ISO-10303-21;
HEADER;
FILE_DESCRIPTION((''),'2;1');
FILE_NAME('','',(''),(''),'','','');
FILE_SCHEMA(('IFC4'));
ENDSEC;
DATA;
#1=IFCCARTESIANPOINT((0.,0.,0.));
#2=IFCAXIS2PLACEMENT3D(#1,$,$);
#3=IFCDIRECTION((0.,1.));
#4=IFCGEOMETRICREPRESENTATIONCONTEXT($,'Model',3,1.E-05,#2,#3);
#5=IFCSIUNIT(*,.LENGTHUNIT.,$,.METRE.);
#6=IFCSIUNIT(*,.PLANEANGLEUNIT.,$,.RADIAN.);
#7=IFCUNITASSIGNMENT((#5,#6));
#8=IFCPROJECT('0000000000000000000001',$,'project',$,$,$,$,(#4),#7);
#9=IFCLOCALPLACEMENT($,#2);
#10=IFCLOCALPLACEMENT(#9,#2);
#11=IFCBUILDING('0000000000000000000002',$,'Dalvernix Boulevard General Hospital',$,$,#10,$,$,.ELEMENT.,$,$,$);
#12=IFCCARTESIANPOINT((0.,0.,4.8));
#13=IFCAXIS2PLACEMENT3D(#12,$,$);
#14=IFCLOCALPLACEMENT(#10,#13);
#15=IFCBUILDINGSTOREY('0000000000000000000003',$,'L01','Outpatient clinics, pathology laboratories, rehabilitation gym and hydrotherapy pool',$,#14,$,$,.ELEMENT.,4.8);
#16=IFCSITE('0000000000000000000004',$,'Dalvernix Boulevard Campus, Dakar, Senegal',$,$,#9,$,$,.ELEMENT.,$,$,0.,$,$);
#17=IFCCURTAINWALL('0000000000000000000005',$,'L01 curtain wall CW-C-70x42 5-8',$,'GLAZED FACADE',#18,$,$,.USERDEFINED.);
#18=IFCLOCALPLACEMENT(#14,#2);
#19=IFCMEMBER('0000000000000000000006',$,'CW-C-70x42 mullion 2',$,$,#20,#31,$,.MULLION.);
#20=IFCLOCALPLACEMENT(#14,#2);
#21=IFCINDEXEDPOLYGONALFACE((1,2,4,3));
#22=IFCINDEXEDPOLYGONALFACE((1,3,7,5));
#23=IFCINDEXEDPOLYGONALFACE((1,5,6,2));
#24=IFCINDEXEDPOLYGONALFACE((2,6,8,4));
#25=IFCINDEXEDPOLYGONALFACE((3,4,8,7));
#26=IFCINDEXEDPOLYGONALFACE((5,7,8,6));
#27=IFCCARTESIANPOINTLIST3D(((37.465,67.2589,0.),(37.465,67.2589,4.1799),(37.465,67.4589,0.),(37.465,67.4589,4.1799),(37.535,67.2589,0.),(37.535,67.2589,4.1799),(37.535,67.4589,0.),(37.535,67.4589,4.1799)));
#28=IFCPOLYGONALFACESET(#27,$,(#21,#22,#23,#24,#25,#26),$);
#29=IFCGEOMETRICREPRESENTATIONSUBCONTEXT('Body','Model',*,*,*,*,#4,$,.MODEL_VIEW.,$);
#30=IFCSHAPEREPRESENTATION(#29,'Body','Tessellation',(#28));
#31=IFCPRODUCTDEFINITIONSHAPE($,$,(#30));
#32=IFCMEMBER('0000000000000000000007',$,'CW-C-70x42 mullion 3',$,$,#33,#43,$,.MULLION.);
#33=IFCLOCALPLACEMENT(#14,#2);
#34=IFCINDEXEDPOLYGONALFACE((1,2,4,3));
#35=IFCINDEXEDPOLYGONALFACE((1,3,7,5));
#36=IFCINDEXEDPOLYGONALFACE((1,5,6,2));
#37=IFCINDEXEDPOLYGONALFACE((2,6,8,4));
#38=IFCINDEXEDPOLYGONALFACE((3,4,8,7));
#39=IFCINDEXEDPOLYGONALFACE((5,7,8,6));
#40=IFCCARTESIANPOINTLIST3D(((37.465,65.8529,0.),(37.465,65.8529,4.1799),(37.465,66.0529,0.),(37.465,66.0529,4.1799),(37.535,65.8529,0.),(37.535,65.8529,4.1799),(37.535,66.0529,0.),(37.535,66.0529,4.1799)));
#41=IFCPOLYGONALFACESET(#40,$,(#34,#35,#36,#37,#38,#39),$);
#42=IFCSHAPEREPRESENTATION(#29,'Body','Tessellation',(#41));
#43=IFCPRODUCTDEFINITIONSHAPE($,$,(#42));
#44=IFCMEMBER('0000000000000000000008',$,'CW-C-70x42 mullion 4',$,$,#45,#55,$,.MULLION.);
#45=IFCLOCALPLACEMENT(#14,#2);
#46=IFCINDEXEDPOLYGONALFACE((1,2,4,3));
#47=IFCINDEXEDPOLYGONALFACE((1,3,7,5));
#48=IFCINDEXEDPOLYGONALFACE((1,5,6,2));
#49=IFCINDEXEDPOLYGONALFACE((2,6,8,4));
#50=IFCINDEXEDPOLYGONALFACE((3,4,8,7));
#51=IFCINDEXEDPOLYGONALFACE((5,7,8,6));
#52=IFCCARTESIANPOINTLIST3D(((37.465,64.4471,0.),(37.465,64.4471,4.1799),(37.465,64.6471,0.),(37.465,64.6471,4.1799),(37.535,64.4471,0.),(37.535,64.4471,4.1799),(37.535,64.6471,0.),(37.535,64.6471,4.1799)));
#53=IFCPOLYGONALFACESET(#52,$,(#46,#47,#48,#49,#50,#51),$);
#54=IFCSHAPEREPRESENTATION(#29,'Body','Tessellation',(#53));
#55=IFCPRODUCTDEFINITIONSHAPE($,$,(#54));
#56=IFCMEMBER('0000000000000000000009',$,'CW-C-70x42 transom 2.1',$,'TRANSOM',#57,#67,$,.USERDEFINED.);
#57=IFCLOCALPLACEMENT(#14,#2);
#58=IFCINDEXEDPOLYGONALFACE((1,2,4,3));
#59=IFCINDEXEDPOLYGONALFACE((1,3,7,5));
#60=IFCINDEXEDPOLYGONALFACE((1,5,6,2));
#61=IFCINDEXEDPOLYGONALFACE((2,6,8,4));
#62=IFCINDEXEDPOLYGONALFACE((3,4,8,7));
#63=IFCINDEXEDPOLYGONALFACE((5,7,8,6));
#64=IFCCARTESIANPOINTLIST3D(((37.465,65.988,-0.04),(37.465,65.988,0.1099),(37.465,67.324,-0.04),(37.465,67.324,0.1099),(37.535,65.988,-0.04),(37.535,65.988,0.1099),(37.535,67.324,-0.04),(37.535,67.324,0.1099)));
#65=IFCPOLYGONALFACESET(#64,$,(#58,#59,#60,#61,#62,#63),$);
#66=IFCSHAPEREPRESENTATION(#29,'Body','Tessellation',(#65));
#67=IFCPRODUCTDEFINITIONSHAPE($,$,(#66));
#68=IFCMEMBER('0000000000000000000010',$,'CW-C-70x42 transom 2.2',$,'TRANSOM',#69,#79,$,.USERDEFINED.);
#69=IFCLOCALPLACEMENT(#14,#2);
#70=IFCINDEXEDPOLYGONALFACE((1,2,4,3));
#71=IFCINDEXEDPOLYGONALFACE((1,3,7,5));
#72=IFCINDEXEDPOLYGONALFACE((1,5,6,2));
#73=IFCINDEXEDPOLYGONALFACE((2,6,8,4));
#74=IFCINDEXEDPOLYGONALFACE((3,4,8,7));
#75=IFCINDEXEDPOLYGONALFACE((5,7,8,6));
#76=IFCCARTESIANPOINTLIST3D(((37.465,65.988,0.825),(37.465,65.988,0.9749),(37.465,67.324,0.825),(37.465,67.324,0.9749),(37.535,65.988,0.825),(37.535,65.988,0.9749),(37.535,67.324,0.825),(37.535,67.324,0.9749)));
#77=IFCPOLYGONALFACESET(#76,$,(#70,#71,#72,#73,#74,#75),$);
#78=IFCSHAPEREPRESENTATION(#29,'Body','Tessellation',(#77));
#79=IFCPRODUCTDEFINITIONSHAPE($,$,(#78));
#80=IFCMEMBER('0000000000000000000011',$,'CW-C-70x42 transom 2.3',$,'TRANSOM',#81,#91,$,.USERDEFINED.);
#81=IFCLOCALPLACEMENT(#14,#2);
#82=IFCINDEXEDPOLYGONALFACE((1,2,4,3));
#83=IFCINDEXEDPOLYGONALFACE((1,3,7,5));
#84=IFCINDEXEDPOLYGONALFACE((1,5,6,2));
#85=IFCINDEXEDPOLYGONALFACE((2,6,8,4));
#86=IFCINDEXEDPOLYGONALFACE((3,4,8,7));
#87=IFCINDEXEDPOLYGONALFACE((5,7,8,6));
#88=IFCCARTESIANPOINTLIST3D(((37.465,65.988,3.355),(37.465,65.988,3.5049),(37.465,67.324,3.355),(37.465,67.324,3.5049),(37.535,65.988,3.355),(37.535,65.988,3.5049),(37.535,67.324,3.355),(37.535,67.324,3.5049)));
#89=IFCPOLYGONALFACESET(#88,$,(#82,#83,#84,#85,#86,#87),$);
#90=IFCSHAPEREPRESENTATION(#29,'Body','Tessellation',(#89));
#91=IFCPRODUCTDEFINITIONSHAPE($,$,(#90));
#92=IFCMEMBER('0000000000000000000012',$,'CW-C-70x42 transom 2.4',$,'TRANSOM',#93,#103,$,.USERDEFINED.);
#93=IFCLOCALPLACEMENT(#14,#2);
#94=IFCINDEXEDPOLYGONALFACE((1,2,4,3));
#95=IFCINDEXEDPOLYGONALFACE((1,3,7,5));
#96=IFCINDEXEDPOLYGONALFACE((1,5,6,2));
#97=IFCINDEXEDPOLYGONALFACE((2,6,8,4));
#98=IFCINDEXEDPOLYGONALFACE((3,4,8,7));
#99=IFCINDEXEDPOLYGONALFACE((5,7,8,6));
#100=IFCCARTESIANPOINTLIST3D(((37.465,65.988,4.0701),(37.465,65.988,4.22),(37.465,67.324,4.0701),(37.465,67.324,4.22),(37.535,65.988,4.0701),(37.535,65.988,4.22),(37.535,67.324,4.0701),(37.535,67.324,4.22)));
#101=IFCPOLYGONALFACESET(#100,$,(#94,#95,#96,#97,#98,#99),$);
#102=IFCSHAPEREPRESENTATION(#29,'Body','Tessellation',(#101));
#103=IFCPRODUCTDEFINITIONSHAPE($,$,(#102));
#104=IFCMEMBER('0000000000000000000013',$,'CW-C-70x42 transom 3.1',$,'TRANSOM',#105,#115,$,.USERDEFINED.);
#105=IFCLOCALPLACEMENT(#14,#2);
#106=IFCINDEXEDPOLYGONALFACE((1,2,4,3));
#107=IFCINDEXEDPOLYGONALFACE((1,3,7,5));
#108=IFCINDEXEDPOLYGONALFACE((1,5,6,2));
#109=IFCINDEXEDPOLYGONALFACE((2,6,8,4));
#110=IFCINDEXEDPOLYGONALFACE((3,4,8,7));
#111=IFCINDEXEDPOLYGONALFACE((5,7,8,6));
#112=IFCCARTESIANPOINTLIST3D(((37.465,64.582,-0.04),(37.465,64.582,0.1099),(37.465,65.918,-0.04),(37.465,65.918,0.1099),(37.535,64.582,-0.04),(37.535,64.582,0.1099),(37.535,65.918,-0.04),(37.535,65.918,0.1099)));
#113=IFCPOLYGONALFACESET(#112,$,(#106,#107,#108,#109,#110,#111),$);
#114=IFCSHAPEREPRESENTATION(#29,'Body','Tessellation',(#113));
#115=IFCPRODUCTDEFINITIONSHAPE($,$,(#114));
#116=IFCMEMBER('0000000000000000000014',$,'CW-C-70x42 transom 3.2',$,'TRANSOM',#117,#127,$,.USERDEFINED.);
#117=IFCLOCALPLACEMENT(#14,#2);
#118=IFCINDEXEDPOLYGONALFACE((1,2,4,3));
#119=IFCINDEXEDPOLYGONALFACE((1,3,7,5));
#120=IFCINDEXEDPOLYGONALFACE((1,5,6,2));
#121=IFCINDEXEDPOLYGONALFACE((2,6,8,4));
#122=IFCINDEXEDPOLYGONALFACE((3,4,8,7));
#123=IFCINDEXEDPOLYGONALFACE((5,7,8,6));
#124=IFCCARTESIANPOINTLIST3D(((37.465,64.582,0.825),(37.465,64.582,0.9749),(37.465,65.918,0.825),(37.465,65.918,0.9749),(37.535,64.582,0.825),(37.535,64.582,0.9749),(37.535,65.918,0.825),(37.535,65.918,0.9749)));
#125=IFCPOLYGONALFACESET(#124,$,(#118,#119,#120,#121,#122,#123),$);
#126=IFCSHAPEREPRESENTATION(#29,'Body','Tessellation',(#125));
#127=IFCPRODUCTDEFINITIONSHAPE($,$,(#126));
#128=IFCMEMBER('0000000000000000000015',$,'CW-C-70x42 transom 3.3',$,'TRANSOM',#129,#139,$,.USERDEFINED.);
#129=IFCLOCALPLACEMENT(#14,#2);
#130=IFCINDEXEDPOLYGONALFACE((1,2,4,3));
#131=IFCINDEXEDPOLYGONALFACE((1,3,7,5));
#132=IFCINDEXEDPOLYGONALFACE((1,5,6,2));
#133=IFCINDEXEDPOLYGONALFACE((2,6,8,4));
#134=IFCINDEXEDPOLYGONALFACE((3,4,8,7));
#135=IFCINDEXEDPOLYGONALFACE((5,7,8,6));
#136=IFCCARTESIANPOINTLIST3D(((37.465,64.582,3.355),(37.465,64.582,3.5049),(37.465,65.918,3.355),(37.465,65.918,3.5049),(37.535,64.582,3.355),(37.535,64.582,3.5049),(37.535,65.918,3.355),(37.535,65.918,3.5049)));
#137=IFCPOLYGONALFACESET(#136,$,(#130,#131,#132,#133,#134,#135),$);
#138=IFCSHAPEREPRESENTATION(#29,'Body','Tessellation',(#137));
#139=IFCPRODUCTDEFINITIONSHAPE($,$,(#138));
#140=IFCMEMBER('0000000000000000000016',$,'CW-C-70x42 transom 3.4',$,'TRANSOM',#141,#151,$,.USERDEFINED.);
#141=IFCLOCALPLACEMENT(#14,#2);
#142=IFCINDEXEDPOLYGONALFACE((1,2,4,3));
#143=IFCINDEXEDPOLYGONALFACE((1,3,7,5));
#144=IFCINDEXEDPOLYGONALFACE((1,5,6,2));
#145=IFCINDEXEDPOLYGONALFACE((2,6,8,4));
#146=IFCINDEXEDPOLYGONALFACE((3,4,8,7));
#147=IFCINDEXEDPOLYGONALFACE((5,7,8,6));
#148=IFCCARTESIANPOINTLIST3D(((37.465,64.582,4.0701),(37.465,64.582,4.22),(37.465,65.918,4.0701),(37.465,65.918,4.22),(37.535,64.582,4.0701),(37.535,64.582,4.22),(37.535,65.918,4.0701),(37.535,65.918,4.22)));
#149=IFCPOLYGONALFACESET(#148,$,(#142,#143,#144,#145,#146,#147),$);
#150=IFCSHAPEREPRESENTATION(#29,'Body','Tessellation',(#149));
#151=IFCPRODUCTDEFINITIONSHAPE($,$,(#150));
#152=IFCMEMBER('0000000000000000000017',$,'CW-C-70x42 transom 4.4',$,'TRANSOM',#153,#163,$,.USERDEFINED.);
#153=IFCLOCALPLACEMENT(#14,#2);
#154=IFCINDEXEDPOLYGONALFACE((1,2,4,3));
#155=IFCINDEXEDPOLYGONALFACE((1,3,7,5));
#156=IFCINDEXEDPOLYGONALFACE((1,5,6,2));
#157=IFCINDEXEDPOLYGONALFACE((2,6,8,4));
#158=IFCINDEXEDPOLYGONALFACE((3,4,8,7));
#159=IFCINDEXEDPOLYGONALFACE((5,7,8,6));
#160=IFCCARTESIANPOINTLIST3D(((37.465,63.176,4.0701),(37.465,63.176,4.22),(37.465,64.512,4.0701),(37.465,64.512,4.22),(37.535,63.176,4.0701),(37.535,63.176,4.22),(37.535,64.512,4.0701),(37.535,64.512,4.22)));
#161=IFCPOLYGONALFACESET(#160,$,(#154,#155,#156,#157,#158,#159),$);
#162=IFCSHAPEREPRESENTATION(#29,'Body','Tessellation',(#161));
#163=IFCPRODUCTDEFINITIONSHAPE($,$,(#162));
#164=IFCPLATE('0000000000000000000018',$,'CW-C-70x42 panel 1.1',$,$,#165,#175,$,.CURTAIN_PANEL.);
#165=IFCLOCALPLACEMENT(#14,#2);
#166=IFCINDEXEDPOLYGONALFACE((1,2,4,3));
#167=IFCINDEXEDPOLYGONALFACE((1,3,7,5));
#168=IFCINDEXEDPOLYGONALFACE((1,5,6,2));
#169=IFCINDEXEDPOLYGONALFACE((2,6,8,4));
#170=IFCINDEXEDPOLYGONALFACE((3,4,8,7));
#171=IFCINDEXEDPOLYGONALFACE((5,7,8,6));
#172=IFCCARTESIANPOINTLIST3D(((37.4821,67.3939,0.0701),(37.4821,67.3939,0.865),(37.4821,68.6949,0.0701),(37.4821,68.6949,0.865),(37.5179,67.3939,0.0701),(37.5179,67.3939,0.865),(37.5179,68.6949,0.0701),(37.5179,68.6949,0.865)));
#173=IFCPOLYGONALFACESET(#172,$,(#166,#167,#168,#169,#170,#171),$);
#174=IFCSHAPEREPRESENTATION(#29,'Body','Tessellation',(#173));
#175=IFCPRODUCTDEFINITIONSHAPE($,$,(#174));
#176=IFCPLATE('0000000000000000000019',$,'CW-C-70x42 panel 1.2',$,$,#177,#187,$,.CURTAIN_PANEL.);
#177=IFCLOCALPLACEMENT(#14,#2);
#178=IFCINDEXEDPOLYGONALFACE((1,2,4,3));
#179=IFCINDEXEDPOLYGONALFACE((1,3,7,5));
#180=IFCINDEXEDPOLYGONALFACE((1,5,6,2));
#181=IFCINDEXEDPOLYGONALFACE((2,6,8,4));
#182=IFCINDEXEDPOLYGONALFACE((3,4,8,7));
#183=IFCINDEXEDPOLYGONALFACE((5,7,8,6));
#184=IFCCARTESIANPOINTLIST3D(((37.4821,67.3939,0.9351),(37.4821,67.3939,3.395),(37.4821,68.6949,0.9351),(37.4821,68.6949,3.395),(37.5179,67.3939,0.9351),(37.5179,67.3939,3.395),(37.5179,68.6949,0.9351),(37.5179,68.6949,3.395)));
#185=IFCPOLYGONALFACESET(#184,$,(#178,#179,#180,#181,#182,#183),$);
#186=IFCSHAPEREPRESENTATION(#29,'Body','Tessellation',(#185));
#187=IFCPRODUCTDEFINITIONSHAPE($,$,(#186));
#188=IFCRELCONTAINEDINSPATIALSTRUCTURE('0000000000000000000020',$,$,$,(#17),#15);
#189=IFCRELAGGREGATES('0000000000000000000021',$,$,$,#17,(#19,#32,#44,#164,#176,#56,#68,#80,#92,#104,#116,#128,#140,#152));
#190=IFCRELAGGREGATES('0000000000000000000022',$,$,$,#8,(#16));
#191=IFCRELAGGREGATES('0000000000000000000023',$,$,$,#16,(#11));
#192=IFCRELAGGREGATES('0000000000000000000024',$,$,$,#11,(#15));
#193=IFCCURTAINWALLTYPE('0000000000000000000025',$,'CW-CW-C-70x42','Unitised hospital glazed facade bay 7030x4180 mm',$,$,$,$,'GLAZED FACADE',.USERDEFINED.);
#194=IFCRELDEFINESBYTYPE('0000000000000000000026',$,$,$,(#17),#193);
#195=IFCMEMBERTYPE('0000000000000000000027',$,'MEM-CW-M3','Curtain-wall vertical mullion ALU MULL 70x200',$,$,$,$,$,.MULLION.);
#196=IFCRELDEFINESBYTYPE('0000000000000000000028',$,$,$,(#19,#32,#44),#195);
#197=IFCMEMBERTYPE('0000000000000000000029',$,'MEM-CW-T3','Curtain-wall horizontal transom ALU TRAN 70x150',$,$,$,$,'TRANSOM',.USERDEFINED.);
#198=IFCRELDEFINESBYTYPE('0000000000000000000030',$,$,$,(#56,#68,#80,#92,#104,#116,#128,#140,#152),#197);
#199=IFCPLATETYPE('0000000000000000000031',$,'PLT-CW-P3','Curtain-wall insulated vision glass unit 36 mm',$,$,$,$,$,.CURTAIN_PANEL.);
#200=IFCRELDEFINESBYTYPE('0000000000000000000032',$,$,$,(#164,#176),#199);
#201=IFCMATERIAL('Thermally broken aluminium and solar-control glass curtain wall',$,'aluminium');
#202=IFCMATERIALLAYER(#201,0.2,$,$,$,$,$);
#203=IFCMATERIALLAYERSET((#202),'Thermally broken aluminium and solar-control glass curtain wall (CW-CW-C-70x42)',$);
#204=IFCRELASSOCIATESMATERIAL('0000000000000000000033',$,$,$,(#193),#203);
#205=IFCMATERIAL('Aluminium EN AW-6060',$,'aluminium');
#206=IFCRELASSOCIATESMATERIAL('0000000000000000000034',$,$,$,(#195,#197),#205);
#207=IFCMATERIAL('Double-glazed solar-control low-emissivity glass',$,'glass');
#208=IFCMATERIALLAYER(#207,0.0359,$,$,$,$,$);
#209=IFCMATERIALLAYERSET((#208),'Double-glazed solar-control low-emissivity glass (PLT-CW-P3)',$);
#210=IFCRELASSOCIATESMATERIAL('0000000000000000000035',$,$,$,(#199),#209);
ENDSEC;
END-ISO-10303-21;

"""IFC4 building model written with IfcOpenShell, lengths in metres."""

from ifc_helpers import new_model, si_unit, direction, frame, origin, origin_2d, place, context, subcontext, project, spatial, rectangle, extrude, material, layer, layer_set, material_profile, profile_set, type_object, element, aggregate, save


model = new_model("IFC4")

# Units and contexts
model_context = context("Model", 3, precision=1e-05, world=origin(), true_north=direction((0.0, 1.0)))
body_context = subcontext(model_context, "Body", "Model", "MODEL_VIEW")
ifc_project = project(units=[si_unit("LENGTHUNIT", "METRE"), si_unit("PLANEANGLEUNIT", "RADIAN")], contexts=[model_context])

# Site, building, storey
site_placement = place(None, origin())
site = spatial("IfcSite", under=ifc_project, at=site_placement, Name="Dalvernix Boulevard Campus, Dakar, Senegal", CompositionType="ELEMENT", RefElevation=0.0)
building_placement = place(site_placement, origin())
building = spatial("IfcBuilding", under=site, at=building_placement, Name="Dalvernix Boulevard General Hospital", CompositionType="ELEMENT")
storey_placement = place(building_placement, frame((0.0, 0.0, 4.8)))
storey = spatial("IfcBuildingStorey", under=building, at=storey_placement, Name="L01", Description="Outpatient clinics, pathology laboratories, rehabilitation gym and hydrotherapy pool", CompositionType="ELEMENT", Elevation=4.8)

# Curtain wall, members, plates
ifc_material_1 = material(Name="Thermally broken aluminium and solar-control glass curtain wall", Category="aluminium")
ifc_layer_1 = layer(ifc_material_1, 0.2)
ifc_layer_set_1 = layer_set([ifc_layer_1], Name="Thermally broken aluminium and solar-control glass curtain wall (CW-CW-C-70x42)")
curtain_wall_type = type_object("IfcCurtainWallType", Name="CW-CW-C-70x42", Description="Unitised hospital glazed facade bay 7030x4180 mm", ElementType="GLAZED FACADE", PredefinedType="USERDEFINED", material=ifc_layer_set_1)
curtain_wall_placement = place(storey_placement, origin())
curtain_wall = element("IfcCurtainWall", 1, at=curtain_wall_placement, inside=storey, type_object=curtain_wall_type, Name="L01 curtain wall CW-C-70x42 5-8", ObjectType="GLAZED FACADE", PredefinedType="USERDEFINED")
ifc_material_2 = material(Name="Aluminium EN AW-6060", Category="aluminium")
ifc_material_profile_1 = material_profile(ifc_material_2, rectangle(XDim=0.0701, YDim=0.2, at=origin_2d()), Name="ALU MULL 70x200")
ifc_profile_set_1 = profile_set([ifc_material_profile_1], Name="Aluminium EN AW-6060")
member_type_1 = type_object("IfcMemberType", Name="MEM-CW-M3", Description="Curtain-wall vertical mullion ALU MULL 70x200", PredefinedType="MULLION", material=ifc_profile_set_1)
member_1_placement = place(storey_placement, frame((37.5, 67.3589, 0.0), z_axis=(0.0, 0.0, 1.0), x_axis=(1.0, 0.0, 0.0)))
member_1 = element("IfcMember", 2, at=member_1_placement, type_object=member_type_1, Name="CW-C-70x42 mullion 2", PredefinedType="MULLION", context=body_context, shape_type="SweptSolid", body=[
    extrude(rectangle(XDim=0.0701, YDim=0.2, at=origin_2d()), origin(), (0.0, 0.0, 1.0), 4.1799),
])
member_2_placement = place(storey_placement, frame((37.5, 65.9529, 0.0), z_axis=(0.0, 0.0, 1.0), x_axis=(1.0, 0.0, 0.0)))
member_2 = element("IfcMember", 3, at=member_2_placement, type_object=member_type_1, Name="CW-C-70x42 mullion 3", PredefinedType="MULLION", context=body_context, shape_type="SweptSolid", body=[
    extrude(rectangle(XDim=0.0701, YDim=0.2, at=origin_2d()), origin(), (0.0, 0.0, 1.0), 4.1799),
])
member_3_placement = place(storey_placement, frame((37.5, 64.5471, 0.0), z_axis=(0.0, 0.0, 1.0), x_axis=(1.0, 0.0, 0.0)))
member_3 = element("IfcMember", 4, at=member_3_placement, type_object=member_type_1, Name="CW-C-70x42 mullion 4", PredefinedType="MULLION", context=body_context, shape_type="SweptSolid", body=[
    extrude(rectangle(XDim=0.0701, YDim=0.2, at=origin_2d()), origin(), (0.0, 0.0, 1.0), 4.1799),
])
ifc_material_profile_2 = material_profile(ifc_material_2, rectangle(XDim=0.0701, YDim=0.1499, at=origin_2d()), Name="ALU TRAN 70x150")
ifc_profile_set_2 = profile_set([ifc_material_profile_2], Name="Aluminium EN AW-6060")
member_type_2 = type_object("IfcMemberType", Name="MEM-CW-T3", Description="Curtain-wall horizontal transom ALU TRAN 70x150", ElementType="TRANSOM", PredefinedType="USERDEFINED", material=ifc_profile_set_2)
member_4_placement = place(storey_placement, frame((37.5, 67.324, 0.0349), z_axis=(0.0, -1.0, 0.0), x_axis=(1.0, 0.0, 0.0)))
member_4 = element("IfcMember", 5, at=member_4_placement, type_object=member_type_2, Name="CW-C-70x42 transom 2.1", ObjectType="TRANSOM", PredefinedType="USERDEFINED", context=body_context, shape_type="SweptSolid", body=[
    extrude(rectangle(XDim=0.0701, YDim=0.1499, at=origin_2d()), origin(), (0.0, 0.0, 1.0), 1.3359),
])
member_5_placement = place(storey_placement, frame((37.5, 67.324, 0.8999), z_axis=(0.0, -1.0, 0.0), x_axis=(1.0, 0.0, 0.0)))
member_5 = element("IfcMember", 6, at=member_5_placement, type_object=member_type_2, Name="CW-C-70x42 transom 2.2", ObjectType="TRANSOM", PredefinedType="USERDEFINED", context=body_context, shape_type="SweptSolid", body=[
    extrude(rectangle(XDim=0.0701, YDim=0.1499, at=origin_2d()), origin(), (0.0, 0.0, 1.0), 1.3359),
])
member_6_placement = place(storey_placement, frame((37.5, 67.324, 3.4299), z_axis=(0.0, -1.0, 0.0), x_axis=(1.0, 0.0, 0.0)))
member_6 = element("IfcMember", 7, at=member_6_placement, type_object=member_type_2, Name="CW-C-70x42 transom 2.3", ObjectType="TRANSOM", PredefinedType="USERDEFINED", context=body_context, shape_type="SweptSolid", body=[
    extrude(rectangle(XDim=0.0701, YDim=0.1499, at=origin_2d()), origin(), (0.0, 0.0, 1.0), 1.3359),
])
member_7_placement = place(storey_placement, frame((37.5, 67.324, 4.145), z_axis=(0.0, -1.0, 0.0), x_axis=(1.0, 0.0, 0.0)))
member_7 = element("IfcMember", 8, at=member_7_placement, type_object=member_type_2, Name="CW-C-70x42 transom 2.4", ObjectType="TRANSOM", PredefinedType="USERDEFINED", context=body_context, shape_type="SweptSolid", body=[
    extrude(rectangle(XDim=0.0701, YDim=0.1499, at=origin_2d()), origin(), (0.0, 0.0, 1.0), 1.3359),
])
member_8_placement = place(storey_placement, frame((37.5, 65.918, 0.0349), z_axis=(0.0, -1.0, 0.0), x_axis=(1.0, 0.0, 0.0)))
member_8 = element("IfcMember", 9, at=member_8_placement, type_object=member_type_2, Name="CW-C-70x42 transom 3.1", ObjectType="TRANSOM", PredefinedType="USERDEFINED", context=body_context, shape_type="SweptSolid", body=[
    extrude(rectangle(XDim=0.0701, YDim=0.1499, at=origin_2d()), origin(), (0.0, 0.0, 1.0), 1.3359),
])
member_9_placement = place(storey_placement, frame((37.5, 65.918, 0.8999), z_axis=(0.0, -1.0, 0.0), x_axis=(1.0, 0.0, 0.0)))
member_9 = element("IfcMember", 10, at=member_9_placement, type_object=member_type_2, Name="CW-C-70x42 transom 3.2", ObjectType="TRANSOM", PredefinedType="USERDEFINED", context=body_context, shape_type="SweptSolid", body=[
    extrude(rectangle(XDim=0.0701, YDim=0.1499, at=origin_2d()), origin(), (0.0, 0.0, 1.0), 1.3359),
])
member_10_placement = place(storey_placement, frame((37.5, 65.918, 3.4299), z_axis=(0.0, -1.0, 0.0), x_axis=(1.0, 0.0, 0.0)))
member_10 = element("IfcMember", 11, at=member_10_placement, type_object=member_type_2, Name="CW-C-70x42 transom 3.3", ObjectType="TRANSOM", PredefinedType="USERDEFINED", context=body_context, shape_type="SweptSolid", body=[
    extrude(rectangle(XDim=0.0701, YDim=0.1499, at=origin_2d()), origin(), (0.0, 0.0, 1.0), 1.3359),
])
member_11_placement = place(storey_placement, frame((37.5, 65.918, 4.145), z_axis=(0.0, -1.0, 0.0), x_axis=(1.0, 0.0, 0.0)))
member_11 = element("IfcMember", 12, at=member_11_placement, type_object=member_type_2, Name="CW-C-70x42 transom 3.4", ObjectType="TRANSOM", PredefinedType="USERDEFINED", context=body_context, shape_type="SweptSolid", body=[
    extrude(rectangle(XDim=0.0701, YDim=0.1499, at=origin_2d()), origin(), (0.0, 0.0, 1.0), 1.3359),
])
member_12_placement = place(storey_placement, frame((37.5, 64.512, 4.145), z_axis=(0.0, -1.0, 0.0), x_axis=(1.0, 0.0, 0.0)))
member_12 = element("IfcMember", 13, at=member_12_placement, type_object=member_type_2, Name="CW-C-70x42 transom 4.4", ObjectType="TRANSOM", PredefinedType="USERDEFINED", context=body_context, shape_type="SweptSolid", body=[
    extrude(rectangle(XDim=0.0701, YDim=0.1499, at=origin_2d()), origin(), (0.0, 0.0, 1.0), 1.3359),
])
ifc_material_3 = material(Name="Double-glazed solar-control low-emissivity glass", Category="glass")
ifc_layer_2 = layer(ifc_material_3, 0.0359)
ifc_layer_set_2 = layer_set([ifc_layer_2], Name="Double-glazed solar-control low-emissivity glass (PLT-CW-P3)")
plate_type = type_object("IfcPlateType", Name="PLT-CW-P3", Description="Curtain-wall insulated vision glass unit 36 mm", PredefinedType="CURTAIN_PANEL", material=ifc_layer_set_2)
plate_1_placement = place(storey_placement, frame((37.5, 68.0444, 0.0701), z_axis=(0.0, 0.0, 1.0), x_axis=(0.0, -1.0, 0.0)))
plate_1 = element("IfcPlate", 14, at=plate_1_placement, type_object=plate_type, Name="CW-C-70x42 panel 1.1", PredefinedType="CURTAIN_PANEL", context=body_context, shape_type="SweptSolid", body=[
    extrude(rectangle(XDim=1.301, YDim=0.0359, at=origin_2d()), origin(), (0.0, 0.0, 1.0), 0.7949),
])
plate_2_placement = place(storey_placement, frame((37.5, 68.0444, 0.9351), z_axis=(0.0, 0.0, 1.0), x_axis=(0.0, -1.0, 0.0)))
plate_2 = element("IfcPlate", 15, at=plate_2_placement, type_object=plate_type, Name="CW-C-70x42 panel 1.2", PredefinedType="CURTAIN_PANEL", context=body_context, shape_type="SweptSolid", body=[
    extrude(rectangle(XDim=1.301, YDim=0.0359, at=origin_2d()), origin(), (0.0, 0.0, 1.0), 2.46),
])
aggregate(curtain_wall, [member_1, member_2, member_3, plate_1, plate_2, member_4, member_5, member_6, member_7, member_8, member_9, member_10, member_11, member_12])

save(model, "model.ifc")
